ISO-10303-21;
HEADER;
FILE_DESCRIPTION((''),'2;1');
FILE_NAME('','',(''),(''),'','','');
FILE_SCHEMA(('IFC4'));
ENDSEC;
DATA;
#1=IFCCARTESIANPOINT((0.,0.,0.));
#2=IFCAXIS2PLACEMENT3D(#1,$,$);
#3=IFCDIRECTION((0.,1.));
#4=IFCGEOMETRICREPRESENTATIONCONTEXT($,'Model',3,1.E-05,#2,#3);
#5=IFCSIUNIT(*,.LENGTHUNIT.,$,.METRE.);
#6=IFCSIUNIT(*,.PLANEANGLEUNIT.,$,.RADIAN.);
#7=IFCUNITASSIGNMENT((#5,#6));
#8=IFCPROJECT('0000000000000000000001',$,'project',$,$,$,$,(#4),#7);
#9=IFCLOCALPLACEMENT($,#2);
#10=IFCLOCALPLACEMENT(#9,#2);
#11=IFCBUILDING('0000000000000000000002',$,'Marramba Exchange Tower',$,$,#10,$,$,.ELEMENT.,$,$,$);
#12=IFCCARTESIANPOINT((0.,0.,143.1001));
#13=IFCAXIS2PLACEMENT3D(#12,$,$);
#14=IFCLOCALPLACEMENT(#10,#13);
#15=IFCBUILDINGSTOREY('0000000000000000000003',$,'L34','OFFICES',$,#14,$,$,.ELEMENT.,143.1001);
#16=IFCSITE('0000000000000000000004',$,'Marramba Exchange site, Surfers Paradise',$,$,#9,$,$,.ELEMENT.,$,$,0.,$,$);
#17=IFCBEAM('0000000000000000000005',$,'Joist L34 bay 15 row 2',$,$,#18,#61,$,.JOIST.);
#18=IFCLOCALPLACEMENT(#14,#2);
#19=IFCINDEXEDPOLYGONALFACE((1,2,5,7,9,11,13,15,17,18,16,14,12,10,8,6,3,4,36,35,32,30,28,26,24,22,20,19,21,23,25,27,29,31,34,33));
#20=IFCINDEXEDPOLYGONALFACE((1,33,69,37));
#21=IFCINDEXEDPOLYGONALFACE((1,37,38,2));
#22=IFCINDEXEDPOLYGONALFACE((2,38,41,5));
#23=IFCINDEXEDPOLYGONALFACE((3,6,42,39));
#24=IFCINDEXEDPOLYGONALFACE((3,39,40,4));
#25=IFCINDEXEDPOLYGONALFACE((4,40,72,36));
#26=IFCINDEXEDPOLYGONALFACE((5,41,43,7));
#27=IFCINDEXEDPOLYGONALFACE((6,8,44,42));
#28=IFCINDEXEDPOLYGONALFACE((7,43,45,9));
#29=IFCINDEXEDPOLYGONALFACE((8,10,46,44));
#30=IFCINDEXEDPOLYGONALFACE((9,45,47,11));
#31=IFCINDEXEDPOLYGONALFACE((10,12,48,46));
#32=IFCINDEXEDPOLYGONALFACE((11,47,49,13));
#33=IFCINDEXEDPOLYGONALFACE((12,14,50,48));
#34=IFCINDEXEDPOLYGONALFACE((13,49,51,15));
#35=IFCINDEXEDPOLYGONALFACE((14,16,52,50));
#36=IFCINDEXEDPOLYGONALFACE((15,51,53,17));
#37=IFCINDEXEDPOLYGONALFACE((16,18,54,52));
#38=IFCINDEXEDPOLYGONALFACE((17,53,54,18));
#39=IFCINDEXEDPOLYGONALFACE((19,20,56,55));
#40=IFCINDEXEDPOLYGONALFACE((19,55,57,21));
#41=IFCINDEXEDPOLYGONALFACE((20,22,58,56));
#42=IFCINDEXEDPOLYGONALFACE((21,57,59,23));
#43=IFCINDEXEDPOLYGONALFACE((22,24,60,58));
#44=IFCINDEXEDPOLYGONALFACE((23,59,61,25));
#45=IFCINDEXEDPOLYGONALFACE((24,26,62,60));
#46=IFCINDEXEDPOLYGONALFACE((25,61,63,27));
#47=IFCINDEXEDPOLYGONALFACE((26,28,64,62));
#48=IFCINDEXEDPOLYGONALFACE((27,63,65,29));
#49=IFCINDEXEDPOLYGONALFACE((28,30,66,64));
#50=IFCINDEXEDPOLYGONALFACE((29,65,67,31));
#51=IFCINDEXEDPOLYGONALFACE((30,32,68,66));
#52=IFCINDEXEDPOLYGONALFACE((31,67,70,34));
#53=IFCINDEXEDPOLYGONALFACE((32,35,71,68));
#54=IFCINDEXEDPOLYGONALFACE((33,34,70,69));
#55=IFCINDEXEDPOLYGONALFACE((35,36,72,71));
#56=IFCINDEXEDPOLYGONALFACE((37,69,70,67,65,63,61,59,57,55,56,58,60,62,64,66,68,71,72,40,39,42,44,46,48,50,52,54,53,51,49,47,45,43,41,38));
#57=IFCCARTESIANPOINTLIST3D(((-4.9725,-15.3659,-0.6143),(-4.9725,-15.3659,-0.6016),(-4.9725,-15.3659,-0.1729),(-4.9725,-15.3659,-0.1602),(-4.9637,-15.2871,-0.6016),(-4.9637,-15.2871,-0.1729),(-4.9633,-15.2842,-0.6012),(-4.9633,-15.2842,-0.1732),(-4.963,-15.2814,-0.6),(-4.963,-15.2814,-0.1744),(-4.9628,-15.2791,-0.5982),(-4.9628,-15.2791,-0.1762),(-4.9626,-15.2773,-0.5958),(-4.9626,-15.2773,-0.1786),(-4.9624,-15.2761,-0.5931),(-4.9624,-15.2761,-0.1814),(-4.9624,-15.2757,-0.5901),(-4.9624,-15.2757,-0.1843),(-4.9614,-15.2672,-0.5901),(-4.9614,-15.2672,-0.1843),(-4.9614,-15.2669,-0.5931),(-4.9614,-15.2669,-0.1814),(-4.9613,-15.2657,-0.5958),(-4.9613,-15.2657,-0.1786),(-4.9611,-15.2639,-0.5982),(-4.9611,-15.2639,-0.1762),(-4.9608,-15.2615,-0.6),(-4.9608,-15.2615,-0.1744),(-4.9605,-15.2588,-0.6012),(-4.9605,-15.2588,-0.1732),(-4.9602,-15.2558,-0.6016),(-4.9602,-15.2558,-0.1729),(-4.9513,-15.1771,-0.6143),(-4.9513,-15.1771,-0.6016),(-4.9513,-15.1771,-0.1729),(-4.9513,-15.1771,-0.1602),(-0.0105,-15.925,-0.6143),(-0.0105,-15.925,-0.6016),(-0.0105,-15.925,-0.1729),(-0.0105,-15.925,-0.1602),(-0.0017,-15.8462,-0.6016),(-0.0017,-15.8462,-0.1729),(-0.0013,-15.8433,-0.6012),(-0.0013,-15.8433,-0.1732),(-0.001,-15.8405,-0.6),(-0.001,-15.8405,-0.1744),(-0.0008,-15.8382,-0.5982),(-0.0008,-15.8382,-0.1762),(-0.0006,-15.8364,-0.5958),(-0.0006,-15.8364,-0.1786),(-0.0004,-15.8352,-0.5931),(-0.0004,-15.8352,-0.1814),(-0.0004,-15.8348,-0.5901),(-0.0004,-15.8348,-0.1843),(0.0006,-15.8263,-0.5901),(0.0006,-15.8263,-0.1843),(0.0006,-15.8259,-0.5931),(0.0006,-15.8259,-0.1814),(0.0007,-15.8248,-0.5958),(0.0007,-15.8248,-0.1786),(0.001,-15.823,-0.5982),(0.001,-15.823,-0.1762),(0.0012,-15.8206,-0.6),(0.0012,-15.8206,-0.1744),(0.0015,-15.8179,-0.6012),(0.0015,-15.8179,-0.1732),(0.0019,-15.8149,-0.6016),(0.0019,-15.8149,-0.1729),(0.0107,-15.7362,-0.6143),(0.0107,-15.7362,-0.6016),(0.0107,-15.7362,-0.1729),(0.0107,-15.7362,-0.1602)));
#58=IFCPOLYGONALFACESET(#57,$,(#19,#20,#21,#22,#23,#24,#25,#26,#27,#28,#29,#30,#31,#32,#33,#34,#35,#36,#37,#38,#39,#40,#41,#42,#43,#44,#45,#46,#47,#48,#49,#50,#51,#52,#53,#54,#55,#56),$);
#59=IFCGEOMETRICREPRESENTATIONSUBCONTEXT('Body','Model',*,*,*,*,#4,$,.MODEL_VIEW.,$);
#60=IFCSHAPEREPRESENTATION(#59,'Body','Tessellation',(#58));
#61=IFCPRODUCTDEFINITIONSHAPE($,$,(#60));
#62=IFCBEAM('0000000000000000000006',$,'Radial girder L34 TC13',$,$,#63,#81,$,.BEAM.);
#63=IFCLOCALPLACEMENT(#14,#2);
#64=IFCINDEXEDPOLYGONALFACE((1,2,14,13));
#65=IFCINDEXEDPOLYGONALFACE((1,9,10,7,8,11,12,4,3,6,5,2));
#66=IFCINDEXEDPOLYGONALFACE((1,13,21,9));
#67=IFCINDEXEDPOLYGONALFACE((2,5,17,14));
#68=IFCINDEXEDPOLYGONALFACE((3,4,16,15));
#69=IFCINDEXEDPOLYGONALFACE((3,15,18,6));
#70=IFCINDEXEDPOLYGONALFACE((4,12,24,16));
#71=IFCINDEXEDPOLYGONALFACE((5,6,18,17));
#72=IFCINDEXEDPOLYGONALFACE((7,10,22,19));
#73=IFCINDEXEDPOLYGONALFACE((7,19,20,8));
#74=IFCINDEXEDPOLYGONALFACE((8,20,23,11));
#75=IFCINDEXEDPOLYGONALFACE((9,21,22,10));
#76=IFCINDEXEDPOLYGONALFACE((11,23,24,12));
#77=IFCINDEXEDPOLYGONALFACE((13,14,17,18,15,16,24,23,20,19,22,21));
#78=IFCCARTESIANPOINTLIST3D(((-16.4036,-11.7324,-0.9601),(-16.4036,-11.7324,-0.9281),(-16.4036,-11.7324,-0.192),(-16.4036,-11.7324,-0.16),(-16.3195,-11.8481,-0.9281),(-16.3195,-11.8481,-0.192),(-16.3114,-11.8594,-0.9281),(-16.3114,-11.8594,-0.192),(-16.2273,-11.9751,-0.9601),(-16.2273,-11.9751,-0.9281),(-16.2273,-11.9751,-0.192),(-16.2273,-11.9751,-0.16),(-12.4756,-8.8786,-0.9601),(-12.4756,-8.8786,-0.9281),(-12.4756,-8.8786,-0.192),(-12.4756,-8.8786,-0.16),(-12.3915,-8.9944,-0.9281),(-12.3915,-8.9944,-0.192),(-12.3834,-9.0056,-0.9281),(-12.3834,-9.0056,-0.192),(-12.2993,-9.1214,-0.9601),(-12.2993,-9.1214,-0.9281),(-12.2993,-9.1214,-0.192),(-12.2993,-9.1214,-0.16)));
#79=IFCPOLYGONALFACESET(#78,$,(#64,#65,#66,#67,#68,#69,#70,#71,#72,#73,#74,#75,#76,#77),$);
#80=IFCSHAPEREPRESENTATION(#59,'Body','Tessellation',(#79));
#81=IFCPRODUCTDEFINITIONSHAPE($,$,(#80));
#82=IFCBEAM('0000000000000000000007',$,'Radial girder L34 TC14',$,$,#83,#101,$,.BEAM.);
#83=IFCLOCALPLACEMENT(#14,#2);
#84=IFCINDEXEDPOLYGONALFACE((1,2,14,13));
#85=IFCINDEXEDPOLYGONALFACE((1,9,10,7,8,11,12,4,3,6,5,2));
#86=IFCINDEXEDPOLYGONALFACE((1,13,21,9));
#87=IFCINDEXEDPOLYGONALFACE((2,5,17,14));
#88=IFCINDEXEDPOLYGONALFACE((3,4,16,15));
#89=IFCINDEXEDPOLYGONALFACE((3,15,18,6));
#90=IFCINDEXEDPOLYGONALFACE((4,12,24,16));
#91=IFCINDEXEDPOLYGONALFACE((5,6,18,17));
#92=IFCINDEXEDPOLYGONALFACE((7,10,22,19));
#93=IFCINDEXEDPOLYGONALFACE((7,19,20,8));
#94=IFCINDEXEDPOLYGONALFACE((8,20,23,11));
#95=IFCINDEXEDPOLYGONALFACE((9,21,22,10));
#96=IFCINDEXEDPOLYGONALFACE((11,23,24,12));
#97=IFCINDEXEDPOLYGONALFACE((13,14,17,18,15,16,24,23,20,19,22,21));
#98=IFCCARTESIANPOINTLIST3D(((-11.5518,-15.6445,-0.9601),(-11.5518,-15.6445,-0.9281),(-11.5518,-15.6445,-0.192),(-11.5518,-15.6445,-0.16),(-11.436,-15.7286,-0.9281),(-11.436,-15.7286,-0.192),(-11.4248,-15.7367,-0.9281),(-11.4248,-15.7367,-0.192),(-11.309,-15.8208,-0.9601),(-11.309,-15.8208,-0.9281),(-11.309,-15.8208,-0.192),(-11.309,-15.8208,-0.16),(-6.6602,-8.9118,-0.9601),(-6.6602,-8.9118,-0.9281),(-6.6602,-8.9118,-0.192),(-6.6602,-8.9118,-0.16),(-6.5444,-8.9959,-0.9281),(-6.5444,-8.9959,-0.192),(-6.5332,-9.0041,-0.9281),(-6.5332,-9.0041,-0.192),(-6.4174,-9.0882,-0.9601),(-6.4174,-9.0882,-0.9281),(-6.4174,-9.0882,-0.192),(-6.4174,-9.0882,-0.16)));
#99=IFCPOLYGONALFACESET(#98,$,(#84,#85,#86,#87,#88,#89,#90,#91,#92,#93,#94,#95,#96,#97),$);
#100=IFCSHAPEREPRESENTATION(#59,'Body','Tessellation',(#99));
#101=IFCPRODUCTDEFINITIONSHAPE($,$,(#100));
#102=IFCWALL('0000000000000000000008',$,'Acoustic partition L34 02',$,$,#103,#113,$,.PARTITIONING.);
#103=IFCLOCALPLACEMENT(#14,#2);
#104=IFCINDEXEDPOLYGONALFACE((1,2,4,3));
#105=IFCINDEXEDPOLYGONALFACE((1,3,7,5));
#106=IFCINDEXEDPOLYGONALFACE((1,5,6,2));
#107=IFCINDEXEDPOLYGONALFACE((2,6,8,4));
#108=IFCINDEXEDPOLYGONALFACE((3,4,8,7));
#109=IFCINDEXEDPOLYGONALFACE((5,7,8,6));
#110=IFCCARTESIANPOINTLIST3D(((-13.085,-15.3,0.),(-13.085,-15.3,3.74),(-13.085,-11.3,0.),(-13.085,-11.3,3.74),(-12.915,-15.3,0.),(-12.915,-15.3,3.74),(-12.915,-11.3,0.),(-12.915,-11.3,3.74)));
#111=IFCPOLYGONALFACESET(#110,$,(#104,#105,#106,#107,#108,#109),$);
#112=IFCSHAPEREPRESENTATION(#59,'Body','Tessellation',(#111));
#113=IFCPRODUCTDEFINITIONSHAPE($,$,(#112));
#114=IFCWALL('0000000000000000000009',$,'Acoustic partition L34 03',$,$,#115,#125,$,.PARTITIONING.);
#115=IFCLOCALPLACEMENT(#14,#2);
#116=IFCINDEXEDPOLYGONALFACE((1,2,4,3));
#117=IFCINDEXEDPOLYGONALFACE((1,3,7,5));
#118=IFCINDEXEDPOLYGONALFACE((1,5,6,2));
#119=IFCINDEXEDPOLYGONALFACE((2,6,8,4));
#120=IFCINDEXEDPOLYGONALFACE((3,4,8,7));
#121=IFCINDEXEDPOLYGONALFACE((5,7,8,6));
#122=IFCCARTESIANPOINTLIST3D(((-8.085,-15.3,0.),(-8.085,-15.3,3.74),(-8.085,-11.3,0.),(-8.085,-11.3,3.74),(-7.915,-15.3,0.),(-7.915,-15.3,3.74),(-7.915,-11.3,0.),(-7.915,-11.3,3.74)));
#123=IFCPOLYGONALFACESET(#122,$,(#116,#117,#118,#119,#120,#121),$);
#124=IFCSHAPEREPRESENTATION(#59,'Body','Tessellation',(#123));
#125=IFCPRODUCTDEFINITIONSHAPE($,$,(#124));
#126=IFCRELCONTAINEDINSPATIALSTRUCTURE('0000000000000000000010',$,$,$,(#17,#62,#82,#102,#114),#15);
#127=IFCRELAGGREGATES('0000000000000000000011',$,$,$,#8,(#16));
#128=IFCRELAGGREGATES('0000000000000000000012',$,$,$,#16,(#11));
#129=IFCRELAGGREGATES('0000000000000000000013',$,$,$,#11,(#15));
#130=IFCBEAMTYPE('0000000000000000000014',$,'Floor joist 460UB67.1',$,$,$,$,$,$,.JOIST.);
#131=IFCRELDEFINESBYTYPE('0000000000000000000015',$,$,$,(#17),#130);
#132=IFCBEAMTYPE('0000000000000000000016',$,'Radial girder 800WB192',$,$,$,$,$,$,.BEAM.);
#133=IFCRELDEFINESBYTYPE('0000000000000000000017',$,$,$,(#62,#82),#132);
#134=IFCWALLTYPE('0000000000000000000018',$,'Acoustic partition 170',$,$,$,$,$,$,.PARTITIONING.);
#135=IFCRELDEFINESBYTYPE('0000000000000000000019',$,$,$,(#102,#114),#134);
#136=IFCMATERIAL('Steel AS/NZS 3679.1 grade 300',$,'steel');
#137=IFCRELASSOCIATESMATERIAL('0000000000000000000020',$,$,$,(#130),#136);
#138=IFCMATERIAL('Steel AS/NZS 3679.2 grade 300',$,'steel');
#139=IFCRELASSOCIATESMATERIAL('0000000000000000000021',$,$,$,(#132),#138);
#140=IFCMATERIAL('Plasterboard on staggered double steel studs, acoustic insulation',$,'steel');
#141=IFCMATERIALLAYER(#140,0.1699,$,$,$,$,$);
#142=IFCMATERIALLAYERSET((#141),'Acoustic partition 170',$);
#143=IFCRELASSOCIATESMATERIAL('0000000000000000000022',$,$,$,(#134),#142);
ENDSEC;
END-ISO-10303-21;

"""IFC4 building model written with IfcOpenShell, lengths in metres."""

from ifc_helpers import new_model, si_unit, direction, frame, frame_2d, origin, origin_2d, place, context, subcontext, project, spatial, rectangle, i_section, extrude, material, layer, layer_set, material_profile, profile_set, type_object, element, save


model = new_model("IFC4")

# Units and contexts
model_context = context("Model", 3, precision=1e-05, world=origin(), true_north=direction((0.0, 1.0)))
body_context = subcontext(model_context, "Body", "Model", "MODEL_VIEW")
ifc_project = project(units=[si_unit("LENGTHUNIT", "METRE"), si_unit("PLANEANGLEUNIT", "RADIAN")], contexts=[model_context])

# Site, building, storey
site_placement = place(None, origin())
site = spatial("IfcSite", under=ifc_project, at=site_placement, Name="Marramba Exchange site, Surfers Paradise", CompositionType="ELEMENT", RefElevation=0.0)
building_placement = place(site_placement, origin())
building = spatial("IfcBuilding", under=site, at=building_placement, Name="Marramba Exchange Tower", CompositionType="ELEMENT")
storey_placement = place(building_placement, frame((0.0, 0.0, 143.1001)))
storey = spatial("IfcBuildingStorey", under=building, at=storey_placement, Name="L34", Description="OFFICES", CompositionType="ELEMENT", Elevation=143.1001)

# Beams
ifc_material_1 = material(Name="Steel AS/NZS 3679.2 grade 300", Category="steel")
ifc_material_2 = material(Name="Steel AS/NZS 3679.1 grade 300", Category="steel")
ifc_material_profile_1 = material_profile(ifc_material_2, i_section(OverallWidth=0.1899, OverallDepth=0.4541, WebThickness=0.0085, FlangeThickness=0.0127, FilletRadius=0.0115, at=origin_2d()), Name="460UB67.1")
ifc_profile_set_1 = profile_set([ifc_material_profile_1], Name="Steel AS/NZS 3679.1 grade 300")
beam_type_1 = type_object("IfcBeamType", Name="Floor joist 460UB67.1", PredefinedType="JOIST", material=ifc_profile_set_1)
beam_1_placement = place(storey_placement, frame((-4.9619, -15.2715, -0.3872), z_axis=(0.993712, -0.111966, 0.0), x_axis=(0.111966, 0.993712, 0.0)))
element("IfcBeam", 1, at=beam_1_placement, inside=storey, type_object=beam_type_1, Name="Joist L34 bay 15 row 2", PredefinedType="JOIST", context=body_context, shape_type="SweptSolid", body=[
    extrude(i_section(OverallWidth=0.1899, OverallDepth=0.4541, WebThickness=0.0085, FlangeThickness=0.0127, FilletRadius=0.0115, at=origin_2d()), origin(), (0.0, 0.0, 1.0), 4.9934),
])
ifc_material_profile_2 = material_profile(ifc_material_1, i_section(OverallWidth=0.3, OverallDepth=0.8, WebThickness=0.0139, FlangeThickness=0.032, at=origin_2d()), Name="800WB192")
ifc_profile_set_2 = profile_set([ifc_material_profile_2], Name="Steel AS/NZS 3679.2 grade 300")
beam_type_2 = type_object("IfcBeamType", Name="Radial girder 800WB192", PredefinedType="BEAM", material=ifc_profile_set_2)
beam_2_placement = place(storey_placement, frame((-12.3875, -9.0, -0.5601), z_axis=(-0.809025, -0.587774, 0.0), x_axis=(0.587774, -0.809025, 0.0)))
element("IfcBeam", 2, at=beam_2_placement, inside=storey, type_object=beam_type_2, Name="Radial girder L34 TC13", PredefinedType="BEAM", context=body_context, shape_type="SweptSolid", body=[
    extrude(i_section(OverallWidth=0.3, OverallDepth=0.8, WebThickness=0.0139, FlangeThickness=0.032, at=origin_2d()), origin(), (0.0, 0.0, 1.0), 4.8552),
])
beam_3_placement = place(storey_placement, frame((-6.5388, -9.0, -0.5601), z_axis=(-0.587788, -0.809015, 0.0), x_axis=(0.809015, -0.587788, 0.0)))
element("IfcBeam", 3, at=beam_3_placement, inside=storey, type_object=beam_type_2, Name="Radial girder L34 TC14", PredefinedType="BEAM", context=body_context, shape_type="SweptSolid", body=[
    extrude(i_section(OverallWidth=0.3, OverallDepth=0.8, WebThickness=0.0139, FlangeThickness=0.032, at=origin_2d()), origin(), (0.0, 0.0, 1.0), 8.322),
])

# Walls
ifc_material_3 = material(Name="Plasterboard on staggered double steel studs, acoustic insulation", Category="steel")
ifc_layer_1 = layer(ifc_material_3, 0.1699)
ifc_layer_set_1 = layer_set([ifc_layer_1], Name="Acoustic partition 170")
wall_type_1 = type_object("IfcWallType", Name="Acoustic partition 170", PredefinedType="PARTITIONING", material=ifc_layer_set_1)
for number, where, z_axis, x_axis, name in (
    (4, (-13.0, -15.3, 0.0), (0.0, 0.0, 1.0), (0.0, 1.0, 0.0), "Acoustic partition L34 02"),
    (5, (-8.0, -11.3, 0.0), (0.0, 0.0, 1.0), (0.0, -1.0, 0.0), "Acoustic partition L34 03"),
):
    element("IfcWall", number, at=place(storey_placement, frame(where, z_axis=z_axis, x_axis=x_axis)), inside=storey, type_object=wall_type_1, Name=name, PredefinedType="PARTITIONING", context=body_context, shape_type="SweptSolid", body=[
        extrude(rectangle(XDim=4.0, YDim=0.1699, at=frame_2d((2.0, 0.0))), origin(), (0.0, 0.0, 1.0), 3.74),
    ])

save(model, "model.ifc")
